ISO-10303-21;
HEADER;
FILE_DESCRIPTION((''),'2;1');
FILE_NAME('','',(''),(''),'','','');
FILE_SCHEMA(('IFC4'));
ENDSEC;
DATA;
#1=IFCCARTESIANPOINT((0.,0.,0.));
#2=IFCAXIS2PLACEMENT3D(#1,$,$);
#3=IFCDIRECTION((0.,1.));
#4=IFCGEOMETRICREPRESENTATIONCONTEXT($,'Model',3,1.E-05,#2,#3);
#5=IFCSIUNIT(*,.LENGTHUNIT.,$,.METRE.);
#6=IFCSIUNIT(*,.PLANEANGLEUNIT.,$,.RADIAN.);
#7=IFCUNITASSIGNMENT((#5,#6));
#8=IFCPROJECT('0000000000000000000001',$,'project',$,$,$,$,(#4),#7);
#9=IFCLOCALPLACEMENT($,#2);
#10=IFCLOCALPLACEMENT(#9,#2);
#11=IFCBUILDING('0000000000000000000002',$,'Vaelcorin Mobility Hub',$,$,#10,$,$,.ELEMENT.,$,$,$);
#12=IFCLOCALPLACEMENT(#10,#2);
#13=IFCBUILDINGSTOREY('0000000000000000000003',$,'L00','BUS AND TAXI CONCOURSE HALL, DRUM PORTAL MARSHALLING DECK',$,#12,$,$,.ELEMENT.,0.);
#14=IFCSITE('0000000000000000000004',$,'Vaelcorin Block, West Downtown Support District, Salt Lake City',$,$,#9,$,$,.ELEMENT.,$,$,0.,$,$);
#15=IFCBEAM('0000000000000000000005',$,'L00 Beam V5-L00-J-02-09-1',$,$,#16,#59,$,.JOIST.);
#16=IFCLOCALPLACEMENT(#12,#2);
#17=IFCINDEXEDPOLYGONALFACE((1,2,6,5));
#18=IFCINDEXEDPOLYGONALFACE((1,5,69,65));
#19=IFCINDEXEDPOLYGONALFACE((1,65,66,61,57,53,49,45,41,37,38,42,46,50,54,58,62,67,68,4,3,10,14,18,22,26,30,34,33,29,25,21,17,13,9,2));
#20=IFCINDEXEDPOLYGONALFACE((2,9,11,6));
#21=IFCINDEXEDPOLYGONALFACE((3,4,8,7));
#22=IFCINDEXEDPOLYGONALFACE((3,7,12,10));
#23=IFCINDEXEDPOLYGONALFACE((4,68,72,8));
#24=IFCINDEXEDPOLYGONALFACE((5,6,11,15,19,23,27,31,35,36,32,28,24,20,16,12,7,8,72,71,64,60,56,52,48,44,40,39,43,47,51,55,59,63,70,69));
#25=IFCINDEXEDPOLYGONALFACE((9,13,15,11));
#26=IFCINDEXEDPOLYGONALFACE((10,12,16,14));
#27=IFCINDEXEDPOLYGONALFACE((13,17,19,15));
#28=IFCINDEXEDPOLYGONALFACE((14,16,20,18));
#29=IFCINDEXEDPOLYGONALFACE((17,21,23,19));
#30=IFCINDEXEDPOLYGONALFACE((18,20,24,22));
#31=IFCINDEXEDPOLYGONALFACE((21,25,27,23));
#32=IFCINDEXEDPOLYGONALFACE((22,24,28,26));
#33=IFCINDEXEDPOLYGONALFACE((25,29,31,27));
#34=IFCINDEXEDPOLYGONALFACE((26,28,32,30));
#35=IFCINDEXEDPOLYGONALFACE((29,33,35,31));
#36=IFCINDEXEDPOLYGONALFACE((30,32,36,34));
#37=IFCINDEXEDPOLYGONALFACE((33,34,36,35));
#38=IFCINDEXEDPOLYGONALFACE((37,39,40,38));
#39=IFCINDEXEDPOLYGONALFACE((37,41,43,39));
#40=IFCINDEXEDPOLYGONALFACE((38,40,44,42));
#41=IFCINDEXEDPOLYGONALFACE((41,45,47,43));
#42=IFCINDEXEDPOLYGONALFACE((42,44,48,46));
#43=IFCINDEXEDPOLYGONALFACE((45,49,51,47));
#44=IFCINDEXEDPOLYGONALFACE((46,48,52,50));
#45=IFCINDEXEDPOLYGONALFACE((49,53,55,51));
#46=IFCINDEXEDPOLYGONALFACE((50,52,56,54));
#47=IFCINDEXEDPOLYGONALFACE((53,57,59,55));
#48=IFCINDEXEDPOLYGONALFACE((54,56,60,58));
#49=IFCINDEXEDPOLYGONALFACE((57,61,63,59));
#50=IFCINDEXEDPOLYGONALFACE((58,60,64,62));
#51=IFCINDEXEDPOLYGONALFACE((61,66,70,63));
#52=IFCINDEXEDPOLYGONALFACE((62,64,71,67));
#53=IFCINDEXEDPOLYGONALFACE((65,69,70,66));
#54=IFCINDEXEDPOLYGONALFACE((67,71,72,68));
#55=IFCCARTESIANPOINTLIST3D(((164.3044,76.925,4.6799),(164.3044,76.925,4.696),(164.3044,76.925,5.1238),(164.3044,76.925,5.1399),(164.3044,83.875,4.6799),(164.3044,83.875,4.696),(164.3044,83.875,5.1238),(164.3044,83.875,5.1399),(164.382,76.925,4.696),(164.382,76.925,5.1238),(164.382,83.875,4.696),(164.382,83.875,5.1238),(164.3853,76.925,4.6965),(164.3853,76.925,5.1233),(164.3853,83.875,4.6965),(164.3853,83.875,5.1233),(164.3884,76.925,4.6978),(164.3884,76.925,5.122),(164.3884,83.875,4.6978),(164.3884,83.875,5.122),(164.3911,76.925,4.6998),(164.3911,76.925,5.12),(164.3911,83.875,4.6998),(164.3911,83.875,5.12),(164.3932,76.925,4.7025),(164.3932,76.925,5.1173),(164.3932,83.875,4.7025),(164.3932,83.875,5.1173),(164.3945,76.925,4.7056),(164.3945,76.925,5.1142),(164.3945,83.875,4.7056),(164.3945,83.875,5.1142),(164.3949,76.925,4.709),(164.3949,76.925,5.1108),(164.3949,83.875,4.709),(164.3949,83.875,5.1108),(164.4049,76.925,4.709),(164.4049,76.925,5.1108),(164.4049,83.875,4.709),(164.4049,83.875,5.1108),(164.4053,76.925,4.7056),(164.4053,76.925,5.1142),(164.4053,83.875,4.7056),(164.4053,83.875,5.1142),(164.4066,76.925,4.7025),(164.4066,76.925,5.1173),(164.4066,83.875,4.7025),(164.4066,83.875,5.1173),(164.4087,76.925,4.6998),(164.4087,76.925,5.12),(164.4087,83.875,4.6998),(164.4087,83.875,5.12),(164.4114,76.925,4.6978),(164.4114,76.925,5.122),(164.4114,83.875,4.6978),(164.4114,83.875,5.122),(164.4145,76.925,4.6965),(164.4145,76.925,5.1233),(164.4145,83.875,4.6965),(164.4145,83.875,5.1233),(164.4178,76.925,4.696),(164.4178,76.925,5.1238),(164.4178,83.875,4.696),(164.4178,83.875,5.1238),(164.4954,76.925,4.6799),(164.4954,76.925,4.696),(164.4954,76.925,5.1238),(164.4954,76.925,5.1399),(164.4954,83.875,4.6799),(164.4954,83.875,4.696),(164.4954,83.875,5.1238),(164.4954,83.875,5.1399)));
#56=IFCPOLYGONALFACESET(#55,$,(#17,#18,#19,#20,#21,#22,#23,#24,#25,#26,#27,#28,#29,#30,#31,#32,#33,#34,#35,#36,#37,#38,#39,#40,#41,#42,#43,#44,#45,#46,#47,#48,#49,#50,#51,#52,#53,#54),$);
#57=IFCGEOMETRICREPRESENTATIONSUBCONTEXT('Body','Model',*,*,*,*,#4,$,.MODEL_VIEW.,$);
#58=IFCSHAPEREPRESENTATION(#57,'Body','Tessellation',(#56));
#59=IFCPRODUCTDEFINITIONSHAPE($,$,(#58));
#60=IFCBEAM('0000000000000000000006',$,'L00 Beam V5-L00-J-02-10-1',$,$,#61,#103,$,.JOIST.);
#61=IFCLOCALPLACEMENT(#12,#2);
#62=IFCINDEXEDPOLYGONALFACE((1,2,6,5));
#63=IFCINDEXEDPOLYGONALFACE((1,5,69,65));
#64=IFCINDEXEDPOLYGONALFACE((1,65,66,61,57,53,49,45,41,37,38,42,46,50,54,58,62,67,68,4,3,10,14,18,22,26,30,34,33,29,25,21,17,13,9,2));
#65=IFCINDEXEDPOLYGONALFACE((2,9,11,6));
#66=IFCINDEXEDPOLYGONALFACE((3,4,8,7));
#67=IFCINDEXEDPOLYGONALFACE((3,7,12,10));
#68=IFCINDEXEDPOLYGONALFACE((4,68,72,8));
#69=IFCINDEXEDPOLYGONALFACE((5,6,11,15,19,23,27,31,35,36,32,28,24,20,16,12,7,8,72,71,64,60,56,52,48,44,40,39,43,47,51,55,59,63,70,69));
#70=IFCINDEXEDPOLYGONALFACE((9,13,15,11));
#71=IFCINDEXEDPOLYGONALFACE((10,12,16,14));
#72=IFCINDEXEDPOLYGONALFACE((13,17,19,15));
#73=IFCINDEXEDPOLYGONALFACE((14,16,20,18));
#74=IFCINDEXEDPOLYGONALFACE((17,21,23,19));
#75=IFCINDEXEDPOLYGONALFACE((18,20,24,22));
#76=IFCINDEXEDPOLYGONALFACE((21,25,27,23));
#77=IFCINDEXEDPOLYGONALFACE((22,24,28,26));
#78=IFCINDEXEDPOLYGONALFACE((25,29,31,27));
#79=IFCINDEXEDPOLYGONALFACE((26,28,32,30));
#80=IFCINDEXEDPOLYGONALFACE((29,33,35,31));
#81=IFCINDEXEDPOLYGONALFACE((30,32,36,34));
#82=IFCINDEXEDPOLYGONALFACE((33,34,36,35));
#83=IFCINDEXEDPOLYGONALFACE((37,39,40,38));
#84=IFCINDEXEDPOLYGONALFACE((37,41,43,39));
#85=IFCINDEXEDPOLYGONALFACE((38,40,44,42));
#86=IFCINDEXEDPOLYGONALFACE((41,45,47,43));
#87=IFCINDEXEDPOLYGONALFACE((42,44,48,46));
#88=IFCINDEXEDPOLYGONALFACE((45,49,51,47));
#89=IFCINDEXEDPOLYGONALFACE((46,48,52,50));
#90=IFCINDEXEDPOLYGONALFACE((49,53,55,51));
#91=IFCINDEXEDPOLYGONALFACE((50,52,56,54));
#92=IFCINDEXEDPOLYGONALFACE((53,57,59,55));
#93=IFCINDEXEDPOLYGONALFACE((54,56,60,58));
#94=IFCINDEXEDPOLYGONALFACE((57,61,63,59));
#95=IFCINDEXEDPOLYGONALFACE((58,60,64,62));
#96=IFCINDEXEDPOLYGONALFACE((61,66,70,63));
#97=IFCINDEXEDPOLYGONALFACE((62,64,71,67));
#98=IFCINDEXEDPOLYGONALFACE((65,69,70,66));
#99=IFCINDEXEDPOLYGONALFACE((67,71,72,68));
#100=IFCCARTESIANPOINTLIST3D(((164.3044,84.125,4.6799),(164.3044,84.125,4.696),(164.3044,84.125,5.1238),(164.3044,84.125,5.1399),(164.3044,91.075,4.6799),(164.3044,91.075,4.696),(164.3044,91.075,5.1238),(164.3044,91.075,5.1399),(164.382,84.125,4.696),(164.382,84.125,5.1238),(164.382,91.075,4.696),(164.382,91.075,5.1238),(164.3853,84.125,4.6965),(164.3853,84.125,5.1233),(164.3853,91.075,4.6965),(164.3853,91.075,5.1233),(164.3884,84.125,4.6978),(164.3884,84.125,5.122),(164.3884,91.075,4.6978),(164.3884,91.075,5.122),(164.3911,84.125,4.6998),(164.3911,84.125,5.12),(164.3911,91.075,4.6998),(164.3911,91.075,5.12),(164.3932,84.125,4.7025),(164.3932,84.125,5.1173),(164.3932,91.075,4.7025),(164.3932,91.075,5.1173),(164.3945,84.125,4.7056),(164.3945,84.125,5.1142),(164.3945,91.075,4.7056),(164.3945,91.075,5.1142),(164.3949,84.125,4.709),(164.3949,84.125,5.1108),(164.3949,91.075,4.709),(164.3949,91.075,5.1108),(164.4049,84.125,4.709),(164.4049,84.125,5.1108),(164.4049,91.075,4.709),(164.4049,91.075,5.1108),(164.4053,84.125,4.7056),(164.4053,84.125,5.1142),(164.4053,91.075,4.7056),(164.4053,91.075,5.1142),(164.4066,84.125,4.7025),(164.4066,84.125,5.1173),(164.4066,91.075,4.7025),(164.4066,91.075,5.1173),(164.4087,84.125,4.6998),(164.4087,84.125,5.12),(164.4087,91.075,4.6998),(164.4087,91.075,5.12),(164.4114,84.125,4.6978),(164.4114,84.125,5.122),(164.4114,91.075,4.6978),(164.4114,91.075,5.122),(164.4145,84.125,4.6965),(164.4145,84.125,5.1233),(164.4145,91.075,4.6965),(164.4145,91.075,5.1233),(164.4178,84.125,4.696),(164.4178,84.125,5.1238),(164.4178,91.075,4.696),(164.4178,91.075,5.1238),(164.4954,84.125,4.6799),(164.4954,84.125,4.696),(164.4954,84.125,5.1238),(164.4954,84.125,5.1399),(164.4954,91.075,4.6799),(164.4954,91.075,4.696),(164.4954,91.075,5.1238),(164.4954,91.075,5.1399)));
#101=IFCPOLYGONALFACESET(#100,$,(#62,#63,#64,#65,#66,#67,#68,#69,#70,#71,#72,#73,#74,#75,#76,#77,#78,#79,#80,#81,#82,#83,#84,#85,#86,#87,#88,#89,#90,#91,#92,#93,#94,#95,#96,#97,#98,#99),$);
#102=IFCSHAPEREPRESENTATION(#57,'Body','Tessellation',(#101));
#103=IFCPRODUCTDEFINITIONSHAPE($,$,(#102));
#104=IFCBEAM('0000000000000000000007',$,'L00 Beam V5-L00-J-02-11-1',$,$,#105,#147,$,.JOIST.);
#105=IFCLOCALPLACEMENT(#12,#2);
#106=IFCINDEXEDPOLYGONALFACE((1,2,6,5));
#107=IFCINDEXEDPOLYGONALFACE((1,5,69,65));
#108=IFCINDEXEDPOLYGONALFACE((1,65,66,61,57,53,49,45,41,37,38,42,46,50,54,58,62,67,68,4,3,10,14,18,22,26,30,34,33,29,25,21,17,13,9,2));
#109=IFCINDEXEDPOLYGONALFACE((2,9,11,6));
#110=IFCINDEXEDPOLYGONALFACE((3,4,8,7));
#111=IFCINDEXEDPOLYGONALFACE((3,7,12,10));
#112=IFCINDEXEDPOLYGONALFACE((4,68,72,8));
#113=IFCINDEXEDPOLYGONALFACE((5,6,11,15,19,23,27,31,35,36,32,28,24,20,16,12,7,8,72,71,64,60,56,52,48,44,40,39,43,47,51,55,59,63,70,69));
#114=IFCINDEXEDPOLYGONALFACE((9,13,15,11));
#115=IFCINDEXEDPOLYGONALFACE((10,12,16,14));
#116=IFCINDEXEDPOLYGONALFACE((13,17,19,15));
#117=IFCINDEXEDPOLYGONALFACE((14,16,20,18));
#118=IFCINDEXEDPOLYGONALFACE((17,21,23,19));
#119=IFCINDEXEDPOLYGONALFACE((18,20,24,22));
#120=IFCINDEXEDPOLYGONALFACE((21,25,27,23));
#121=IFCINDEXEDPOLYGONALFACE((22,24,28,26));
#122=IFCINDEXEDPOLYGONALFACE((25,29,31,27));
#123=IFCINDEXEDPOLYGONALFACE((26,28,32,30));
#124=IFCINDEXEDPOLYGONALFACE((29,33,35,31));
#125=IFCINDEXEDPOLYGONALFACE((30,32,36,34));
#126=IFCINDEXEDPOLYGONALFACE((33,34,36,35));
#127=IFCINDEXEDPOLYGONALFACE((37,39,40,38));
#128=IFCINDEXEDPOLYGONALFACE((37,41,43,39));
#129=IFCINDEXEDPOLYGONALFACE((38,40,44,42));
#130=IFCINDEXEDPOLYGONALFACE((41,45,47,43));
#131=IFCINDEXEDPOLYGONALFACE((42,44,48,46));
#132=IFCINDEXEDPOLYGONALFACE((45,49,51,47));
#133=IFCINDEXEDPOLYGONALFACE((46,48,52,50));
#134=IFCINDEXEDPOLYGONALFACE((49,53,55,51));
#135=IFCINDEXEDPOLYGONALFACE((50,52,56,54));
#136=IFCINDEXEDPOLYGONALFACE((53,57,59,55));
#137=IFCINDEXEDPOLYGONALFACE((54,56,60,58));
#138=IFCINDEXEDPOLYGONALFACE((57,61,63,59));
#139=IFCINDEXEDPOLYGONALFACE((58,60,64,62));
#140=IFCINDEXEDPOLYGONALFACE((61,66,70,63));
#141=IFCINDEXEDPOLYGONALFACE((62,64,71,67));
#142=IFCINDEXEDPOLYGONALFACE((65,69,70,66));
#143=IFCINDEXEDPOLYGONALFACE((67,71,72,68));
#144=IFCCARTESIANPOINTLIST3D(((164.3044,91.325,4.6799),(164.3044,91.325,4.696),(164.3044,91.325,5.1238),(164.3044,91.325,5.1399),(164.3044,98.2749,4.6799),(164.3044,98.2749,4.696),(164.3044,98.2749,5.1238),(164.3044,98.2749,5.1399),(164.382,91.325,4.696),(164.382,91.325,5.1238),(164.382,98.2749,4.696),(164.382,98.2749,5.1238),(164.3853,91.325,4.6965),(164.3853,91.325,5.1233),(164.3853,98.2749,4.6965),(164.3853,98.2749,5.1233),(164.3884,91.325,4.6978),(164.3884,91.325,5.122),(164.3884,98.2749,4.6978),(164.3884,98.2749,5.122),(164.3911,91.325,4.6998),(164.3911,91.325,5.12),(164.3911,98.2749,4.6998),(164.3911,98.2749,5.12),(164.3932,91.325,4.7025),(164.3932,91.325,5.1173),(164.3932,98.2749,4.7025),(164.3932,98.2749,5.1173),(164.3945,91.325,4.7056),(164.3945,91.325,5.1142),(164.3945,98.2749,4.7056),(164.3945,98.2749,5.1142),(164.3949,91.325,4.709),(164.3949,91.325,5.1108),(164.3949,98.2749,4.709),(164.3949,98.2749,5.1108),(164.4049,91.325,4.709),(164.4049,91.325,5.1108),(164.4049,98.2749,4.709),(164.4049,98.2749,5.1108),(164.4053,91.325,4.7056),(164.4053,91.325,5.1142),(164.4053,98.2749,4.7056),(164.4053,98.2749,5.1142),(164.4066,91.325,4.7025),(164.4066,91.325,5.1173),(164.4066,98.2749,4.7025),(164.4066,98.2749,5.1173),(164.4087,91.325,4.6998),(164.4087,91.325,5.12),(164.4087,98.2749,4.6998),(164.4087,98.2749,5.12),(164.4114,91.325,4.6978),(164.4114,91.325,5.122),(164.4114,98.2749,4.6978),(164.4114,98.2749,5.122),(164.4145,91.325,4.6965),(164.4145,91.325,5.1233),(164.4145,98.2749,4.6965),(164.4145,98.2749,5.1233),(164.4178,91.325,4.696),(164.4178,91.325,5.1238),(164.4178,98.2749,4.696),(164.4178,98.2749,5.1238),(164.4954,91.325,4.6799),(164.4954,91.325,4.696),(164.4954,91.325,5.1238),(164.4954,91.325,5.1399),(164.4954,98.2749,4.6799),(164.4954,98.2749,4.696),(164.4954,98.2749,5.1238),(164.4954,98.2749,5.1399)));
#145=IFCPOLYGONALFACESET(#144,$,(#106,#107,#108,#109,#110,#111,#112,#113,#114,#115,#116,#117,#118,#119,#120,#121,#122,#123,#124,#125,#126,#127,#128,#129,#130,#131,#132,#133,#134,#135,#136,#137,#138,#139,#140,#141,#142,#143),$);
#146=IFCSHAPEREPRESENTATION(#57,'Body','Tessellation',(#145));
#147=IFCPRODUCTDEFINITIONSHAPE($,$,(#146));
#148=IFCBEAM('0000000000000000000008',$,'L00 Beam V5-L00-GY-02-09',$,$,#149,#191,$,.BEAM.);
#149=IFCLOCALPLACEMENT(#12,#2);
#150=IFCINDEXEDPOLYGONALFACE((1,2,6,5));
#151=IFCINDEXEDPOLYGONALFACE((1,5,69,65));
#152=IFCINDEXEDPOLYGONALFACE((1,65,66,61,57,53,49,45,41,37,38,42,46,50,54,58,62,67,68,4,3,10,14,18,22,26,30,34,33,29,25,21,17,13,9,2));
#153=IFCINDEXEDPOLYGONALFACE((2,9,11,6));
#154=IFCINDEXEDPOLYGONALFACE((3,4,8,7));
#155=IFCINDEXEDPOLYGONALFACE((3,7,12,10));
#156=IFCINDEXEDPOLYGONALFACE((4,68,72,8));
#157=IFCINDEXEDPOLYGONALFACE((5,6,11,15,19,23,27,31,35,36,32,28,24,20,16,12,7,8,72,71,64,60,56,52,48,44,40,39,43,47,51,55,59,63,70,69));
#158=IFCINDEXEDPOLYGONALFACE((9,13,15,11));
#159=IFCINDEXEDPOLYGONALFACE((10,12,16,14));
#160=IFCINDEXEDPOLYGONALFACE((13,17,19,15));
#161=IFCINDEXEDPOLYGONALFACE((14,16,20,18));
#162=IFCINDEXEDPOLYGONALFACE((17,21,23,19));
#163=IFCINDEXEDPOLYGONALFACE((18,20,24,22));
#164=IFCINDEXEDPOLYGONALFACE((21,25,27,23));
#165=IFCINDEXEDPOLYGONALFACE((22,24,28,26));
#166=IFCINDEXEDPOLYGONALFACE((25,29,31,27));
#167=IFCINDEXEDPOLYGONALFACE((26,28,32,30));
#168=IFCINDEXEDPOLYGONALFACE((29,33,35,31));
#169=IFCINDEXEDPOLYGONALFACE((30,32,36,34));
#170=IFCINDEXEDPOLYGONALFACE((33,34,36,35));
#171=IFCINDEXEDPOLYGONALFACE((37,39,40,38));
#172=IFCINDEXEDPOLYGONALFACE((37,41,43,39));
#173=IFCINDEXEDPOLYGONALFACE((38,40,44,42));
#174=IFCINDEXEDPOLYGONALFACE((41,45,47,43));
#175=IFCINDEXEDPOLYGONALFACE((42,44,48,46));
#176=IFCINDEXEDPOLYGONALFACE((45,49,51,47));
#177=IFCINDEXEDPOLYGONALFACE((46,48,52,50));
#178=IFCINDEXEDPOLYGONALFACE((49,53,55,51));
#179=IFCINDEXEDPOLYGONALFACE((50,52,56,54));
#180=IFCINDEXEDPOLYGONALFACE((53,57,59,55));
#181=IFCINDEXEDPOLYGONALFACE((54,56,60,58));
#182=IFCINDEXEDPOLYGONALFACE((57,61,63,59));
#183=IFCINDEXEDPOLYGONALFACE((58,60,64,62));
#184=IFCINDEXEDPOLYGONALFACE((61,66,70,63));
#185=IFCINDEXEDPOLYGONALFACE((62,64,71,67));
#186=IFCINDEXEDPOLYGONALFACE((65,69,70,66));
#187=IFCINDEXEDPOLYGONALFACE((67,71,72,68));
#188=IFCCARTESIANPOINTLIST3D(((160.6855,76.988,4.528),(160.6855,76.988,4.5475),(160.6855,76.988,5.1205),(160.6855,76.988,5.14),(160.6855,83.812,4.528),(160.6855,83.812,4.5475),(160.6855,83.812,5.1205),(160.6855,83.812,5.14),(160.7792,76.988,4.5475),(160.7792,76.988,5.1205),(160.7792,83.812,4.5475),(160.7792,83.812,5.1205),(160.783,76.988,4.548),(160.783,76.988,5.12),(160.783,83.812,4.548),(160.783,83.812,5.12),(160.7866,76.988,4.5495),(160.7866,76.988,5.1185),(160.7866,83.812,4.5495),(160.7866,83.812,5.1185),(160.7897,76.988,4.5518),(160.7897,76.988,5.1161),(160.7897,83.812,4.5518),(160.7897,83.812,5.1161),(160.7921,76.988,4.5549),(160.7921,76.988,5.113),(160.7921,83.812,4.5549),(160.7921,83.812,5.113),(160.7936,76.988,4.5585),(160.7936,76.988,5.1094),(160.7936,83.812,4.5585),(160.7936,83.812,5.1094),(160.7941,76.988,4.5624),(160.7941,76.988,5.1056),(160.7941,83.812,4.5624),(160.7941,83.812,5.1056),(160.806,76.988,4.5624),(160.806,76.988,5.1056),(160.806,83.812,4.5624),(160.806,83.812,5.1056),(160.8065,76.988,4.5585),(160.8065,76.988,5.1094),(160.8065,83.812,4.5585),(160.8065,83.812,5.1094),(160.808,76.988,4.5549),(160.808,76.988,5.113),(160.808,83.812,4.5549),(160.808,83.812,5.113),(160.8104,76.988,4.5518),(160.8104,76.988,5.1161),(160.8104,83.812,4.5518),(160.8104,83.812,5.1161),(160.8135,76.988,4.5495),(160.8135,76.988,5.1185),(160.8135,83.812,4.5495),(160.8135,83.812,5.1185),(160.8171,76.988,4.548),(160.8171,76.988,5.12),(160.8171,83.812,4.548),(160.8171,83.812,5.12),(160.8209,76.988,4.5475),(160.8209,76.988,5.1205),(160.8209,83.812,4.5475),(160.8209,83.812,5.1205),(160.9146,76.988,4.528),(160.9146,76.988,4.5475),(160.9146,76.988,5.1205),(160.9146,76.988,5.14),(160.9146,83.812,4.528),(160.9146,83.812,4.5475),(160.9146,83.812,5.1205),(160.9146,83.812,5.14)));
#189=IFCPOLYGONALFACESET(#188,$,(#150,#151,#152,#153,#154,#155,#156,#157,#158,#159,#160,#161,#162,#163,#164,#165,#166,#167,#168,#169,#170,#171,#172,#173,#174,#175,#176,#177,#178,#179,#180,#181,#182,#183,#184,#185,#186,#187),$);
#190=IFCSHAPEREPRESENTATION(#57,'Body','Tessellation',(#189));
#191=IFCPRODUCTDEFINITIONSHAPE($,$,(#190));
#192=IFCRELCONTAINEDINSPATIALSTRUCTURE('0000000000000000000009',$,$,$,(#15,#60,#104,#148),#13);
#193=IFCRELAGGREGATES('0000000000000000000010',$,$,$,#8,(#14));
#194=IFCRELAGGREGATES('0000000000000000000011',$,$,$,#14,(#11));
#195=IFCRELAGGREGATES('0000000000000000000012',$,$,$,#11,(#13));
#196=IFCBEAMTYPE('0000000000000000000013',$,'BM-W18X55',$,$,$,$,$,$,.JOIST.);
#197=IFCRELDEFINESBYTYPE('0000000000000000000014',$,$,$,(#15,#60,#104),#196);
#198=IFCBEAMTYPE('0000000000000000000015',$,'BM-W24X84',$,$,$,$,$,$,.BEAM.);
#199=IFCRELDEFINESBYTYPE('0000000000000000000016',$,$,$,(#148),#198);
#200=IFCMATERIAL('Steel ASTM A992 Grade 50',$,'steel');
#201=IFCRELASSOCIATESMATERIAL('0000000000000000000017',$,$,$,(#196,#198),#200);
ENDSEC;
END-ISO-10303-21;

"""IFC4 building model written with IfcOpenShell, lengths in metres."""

from ifc_helpers import new_model, si_unit, direction, frame, origin, origin_2d, place, context, subcontext, project, spatial, i_section, extrude, material, material_profile, profile_set, type_object, element, save


model = new_model("IFC4")

# Units and contexts
model_context = context("Model", 3, precision=1e-05, world=origin(), true_north=direction((0.0, 1.0)))
body_context = subcontext(model_context, "Body", "Model", "MODEL_VIEW")
ifc_project = project(units=[si_unit("LENGTHUNIT", "METRE"), si_unit("PLANEANGLEUNIT", "RADIAN")], contexts=[model_context])

# Site, building, storey
site_placement = place(None, origin())
site = spatial("IfcSite", under=ifc_project, at=site_placement, Name="Vaelcorin Block, West Downtown Support District, Salt Lake City", CompositionType="ELEMENT", RefElevation=0.0)
building_placement = place(site_placement, origin())
building = spatial("IfcBuilding", under=site, at=building_placement, Name="Vaelcorin Mobility Hub", CompositionType="ELEMENT")
storey_placement = place(building_placement, origin())
storey = spatial("IfcBuildingStorey", under=building, at=storey_placement, Name="L00", Description="BUS AND TAXI CONCOURSE HALL, DRUM PORTAL MARSHALLING DECK", CompositionType="ELEMENT", Elevation=0.0)

# Shared definitions
ifc_material_1 = material(Name="Steel ASTM A992 Grade 50", Category="steel")

# Beams
ifc_material_profile_1 = material_profile(ifc_material_1, i_section(OverallWidth=0.1909, OverallDepth=0.46, WebThickness=0.01, FlangeThickness=0.0161, FilletRadius=0.0129, at=origin_2d()), Name="W18X55")
ifc_profile_set_1 = profile_set([ifc_material_profile_1], Name="Steel ASTM A992 Grade 50")
beam_type_1 = type_object("IfcBeamType", Name="BM-W18X55", PredefinedType="JOIST", material=ifc_profile_set_1)
for number, where, z_axis, x_axis, name in (
    (1, (164.3999, 76.925, 4.9099), (0.0, 1.0, 0.0), (-1.0, 0.0, 0.0), "L00 Beam V5-L00-J-02-09-1"),
    (2, (164.3999, 84.125, 4.9099), (0.0, 1.0, 0.0), (-1.0, 0.0, 0.0), "L00 Beam V5-L00-J-02-10-1"),
    (3, (164.3999, 91.325, 4.9099), (0.0, 1.0, 0.0), (-1.0, 0.0, 0.0), "L00 Beam V5-L00-J-02-11-1"),
):
    element("IfcBeam", number, at=place(storey_placement, frame(where, z_axis=z_axis, x_axis=x_axis)), inside=storey, type_object=beam_type_1, Name=name, PredefinedType="JOIST", context=body_context, shape_type="SweptSolid", body=[
        extrude(i_section(OverallWidth=0.1909, OverallDepth=0.46, WebThickness=0.01, FlangeThickness=0.0161, FilletRadius=0.0129, at=origin_2d()), origin(), (0.0, 0.0, 1.0), 6.95),
    ])
ifc_material_profile_2 = material_profile(ifc_material_1, i_section(OverallWidth=0.229, OverallDepth=0.6121, WebThickness=0.012, FlangeThickness=0.0195, FilletRadius=0.0149, at=origin_2d()), Name="W24X84")
ifc_profile_set_2 = profile_set([ifc_material_profile_2], Name="Steel ASTM A992 Grade 50")
beam_type_2 = type_object("IfcBeamType", Name="BM-W24X84", PredefinedType="BEAM", material=ifc_profile_set_2)
for number, where, z_axis, x_axis, name in (
    (4, (160.8, 76.988, 4.834), (0.0, 1.0, 0.0), (-1.0, 0.0, 0.0), "L00 Beam V5-L00-GY-02-09"),
):
    element("IfcBeam", number, at=place(storey_placement, frame(where, z_axis=z_axis, x_axis=x_axis)), inside=storey, type_object=beam_type_2, Name=name, PredefinedType="BEAM", context=body_context, shape_type="SweptSolid", body=[
        extrude(i_section(OverallWidth=0.229, OverallDepth=0.6121, WebThickness=0.012, FlangeThickness=0.0195, FilletRadius=0.0149, at=origin_2d()), origin(), (0.0, 0.0, 1.0), 6.824),
    ])

save(model, "model.ifc")
